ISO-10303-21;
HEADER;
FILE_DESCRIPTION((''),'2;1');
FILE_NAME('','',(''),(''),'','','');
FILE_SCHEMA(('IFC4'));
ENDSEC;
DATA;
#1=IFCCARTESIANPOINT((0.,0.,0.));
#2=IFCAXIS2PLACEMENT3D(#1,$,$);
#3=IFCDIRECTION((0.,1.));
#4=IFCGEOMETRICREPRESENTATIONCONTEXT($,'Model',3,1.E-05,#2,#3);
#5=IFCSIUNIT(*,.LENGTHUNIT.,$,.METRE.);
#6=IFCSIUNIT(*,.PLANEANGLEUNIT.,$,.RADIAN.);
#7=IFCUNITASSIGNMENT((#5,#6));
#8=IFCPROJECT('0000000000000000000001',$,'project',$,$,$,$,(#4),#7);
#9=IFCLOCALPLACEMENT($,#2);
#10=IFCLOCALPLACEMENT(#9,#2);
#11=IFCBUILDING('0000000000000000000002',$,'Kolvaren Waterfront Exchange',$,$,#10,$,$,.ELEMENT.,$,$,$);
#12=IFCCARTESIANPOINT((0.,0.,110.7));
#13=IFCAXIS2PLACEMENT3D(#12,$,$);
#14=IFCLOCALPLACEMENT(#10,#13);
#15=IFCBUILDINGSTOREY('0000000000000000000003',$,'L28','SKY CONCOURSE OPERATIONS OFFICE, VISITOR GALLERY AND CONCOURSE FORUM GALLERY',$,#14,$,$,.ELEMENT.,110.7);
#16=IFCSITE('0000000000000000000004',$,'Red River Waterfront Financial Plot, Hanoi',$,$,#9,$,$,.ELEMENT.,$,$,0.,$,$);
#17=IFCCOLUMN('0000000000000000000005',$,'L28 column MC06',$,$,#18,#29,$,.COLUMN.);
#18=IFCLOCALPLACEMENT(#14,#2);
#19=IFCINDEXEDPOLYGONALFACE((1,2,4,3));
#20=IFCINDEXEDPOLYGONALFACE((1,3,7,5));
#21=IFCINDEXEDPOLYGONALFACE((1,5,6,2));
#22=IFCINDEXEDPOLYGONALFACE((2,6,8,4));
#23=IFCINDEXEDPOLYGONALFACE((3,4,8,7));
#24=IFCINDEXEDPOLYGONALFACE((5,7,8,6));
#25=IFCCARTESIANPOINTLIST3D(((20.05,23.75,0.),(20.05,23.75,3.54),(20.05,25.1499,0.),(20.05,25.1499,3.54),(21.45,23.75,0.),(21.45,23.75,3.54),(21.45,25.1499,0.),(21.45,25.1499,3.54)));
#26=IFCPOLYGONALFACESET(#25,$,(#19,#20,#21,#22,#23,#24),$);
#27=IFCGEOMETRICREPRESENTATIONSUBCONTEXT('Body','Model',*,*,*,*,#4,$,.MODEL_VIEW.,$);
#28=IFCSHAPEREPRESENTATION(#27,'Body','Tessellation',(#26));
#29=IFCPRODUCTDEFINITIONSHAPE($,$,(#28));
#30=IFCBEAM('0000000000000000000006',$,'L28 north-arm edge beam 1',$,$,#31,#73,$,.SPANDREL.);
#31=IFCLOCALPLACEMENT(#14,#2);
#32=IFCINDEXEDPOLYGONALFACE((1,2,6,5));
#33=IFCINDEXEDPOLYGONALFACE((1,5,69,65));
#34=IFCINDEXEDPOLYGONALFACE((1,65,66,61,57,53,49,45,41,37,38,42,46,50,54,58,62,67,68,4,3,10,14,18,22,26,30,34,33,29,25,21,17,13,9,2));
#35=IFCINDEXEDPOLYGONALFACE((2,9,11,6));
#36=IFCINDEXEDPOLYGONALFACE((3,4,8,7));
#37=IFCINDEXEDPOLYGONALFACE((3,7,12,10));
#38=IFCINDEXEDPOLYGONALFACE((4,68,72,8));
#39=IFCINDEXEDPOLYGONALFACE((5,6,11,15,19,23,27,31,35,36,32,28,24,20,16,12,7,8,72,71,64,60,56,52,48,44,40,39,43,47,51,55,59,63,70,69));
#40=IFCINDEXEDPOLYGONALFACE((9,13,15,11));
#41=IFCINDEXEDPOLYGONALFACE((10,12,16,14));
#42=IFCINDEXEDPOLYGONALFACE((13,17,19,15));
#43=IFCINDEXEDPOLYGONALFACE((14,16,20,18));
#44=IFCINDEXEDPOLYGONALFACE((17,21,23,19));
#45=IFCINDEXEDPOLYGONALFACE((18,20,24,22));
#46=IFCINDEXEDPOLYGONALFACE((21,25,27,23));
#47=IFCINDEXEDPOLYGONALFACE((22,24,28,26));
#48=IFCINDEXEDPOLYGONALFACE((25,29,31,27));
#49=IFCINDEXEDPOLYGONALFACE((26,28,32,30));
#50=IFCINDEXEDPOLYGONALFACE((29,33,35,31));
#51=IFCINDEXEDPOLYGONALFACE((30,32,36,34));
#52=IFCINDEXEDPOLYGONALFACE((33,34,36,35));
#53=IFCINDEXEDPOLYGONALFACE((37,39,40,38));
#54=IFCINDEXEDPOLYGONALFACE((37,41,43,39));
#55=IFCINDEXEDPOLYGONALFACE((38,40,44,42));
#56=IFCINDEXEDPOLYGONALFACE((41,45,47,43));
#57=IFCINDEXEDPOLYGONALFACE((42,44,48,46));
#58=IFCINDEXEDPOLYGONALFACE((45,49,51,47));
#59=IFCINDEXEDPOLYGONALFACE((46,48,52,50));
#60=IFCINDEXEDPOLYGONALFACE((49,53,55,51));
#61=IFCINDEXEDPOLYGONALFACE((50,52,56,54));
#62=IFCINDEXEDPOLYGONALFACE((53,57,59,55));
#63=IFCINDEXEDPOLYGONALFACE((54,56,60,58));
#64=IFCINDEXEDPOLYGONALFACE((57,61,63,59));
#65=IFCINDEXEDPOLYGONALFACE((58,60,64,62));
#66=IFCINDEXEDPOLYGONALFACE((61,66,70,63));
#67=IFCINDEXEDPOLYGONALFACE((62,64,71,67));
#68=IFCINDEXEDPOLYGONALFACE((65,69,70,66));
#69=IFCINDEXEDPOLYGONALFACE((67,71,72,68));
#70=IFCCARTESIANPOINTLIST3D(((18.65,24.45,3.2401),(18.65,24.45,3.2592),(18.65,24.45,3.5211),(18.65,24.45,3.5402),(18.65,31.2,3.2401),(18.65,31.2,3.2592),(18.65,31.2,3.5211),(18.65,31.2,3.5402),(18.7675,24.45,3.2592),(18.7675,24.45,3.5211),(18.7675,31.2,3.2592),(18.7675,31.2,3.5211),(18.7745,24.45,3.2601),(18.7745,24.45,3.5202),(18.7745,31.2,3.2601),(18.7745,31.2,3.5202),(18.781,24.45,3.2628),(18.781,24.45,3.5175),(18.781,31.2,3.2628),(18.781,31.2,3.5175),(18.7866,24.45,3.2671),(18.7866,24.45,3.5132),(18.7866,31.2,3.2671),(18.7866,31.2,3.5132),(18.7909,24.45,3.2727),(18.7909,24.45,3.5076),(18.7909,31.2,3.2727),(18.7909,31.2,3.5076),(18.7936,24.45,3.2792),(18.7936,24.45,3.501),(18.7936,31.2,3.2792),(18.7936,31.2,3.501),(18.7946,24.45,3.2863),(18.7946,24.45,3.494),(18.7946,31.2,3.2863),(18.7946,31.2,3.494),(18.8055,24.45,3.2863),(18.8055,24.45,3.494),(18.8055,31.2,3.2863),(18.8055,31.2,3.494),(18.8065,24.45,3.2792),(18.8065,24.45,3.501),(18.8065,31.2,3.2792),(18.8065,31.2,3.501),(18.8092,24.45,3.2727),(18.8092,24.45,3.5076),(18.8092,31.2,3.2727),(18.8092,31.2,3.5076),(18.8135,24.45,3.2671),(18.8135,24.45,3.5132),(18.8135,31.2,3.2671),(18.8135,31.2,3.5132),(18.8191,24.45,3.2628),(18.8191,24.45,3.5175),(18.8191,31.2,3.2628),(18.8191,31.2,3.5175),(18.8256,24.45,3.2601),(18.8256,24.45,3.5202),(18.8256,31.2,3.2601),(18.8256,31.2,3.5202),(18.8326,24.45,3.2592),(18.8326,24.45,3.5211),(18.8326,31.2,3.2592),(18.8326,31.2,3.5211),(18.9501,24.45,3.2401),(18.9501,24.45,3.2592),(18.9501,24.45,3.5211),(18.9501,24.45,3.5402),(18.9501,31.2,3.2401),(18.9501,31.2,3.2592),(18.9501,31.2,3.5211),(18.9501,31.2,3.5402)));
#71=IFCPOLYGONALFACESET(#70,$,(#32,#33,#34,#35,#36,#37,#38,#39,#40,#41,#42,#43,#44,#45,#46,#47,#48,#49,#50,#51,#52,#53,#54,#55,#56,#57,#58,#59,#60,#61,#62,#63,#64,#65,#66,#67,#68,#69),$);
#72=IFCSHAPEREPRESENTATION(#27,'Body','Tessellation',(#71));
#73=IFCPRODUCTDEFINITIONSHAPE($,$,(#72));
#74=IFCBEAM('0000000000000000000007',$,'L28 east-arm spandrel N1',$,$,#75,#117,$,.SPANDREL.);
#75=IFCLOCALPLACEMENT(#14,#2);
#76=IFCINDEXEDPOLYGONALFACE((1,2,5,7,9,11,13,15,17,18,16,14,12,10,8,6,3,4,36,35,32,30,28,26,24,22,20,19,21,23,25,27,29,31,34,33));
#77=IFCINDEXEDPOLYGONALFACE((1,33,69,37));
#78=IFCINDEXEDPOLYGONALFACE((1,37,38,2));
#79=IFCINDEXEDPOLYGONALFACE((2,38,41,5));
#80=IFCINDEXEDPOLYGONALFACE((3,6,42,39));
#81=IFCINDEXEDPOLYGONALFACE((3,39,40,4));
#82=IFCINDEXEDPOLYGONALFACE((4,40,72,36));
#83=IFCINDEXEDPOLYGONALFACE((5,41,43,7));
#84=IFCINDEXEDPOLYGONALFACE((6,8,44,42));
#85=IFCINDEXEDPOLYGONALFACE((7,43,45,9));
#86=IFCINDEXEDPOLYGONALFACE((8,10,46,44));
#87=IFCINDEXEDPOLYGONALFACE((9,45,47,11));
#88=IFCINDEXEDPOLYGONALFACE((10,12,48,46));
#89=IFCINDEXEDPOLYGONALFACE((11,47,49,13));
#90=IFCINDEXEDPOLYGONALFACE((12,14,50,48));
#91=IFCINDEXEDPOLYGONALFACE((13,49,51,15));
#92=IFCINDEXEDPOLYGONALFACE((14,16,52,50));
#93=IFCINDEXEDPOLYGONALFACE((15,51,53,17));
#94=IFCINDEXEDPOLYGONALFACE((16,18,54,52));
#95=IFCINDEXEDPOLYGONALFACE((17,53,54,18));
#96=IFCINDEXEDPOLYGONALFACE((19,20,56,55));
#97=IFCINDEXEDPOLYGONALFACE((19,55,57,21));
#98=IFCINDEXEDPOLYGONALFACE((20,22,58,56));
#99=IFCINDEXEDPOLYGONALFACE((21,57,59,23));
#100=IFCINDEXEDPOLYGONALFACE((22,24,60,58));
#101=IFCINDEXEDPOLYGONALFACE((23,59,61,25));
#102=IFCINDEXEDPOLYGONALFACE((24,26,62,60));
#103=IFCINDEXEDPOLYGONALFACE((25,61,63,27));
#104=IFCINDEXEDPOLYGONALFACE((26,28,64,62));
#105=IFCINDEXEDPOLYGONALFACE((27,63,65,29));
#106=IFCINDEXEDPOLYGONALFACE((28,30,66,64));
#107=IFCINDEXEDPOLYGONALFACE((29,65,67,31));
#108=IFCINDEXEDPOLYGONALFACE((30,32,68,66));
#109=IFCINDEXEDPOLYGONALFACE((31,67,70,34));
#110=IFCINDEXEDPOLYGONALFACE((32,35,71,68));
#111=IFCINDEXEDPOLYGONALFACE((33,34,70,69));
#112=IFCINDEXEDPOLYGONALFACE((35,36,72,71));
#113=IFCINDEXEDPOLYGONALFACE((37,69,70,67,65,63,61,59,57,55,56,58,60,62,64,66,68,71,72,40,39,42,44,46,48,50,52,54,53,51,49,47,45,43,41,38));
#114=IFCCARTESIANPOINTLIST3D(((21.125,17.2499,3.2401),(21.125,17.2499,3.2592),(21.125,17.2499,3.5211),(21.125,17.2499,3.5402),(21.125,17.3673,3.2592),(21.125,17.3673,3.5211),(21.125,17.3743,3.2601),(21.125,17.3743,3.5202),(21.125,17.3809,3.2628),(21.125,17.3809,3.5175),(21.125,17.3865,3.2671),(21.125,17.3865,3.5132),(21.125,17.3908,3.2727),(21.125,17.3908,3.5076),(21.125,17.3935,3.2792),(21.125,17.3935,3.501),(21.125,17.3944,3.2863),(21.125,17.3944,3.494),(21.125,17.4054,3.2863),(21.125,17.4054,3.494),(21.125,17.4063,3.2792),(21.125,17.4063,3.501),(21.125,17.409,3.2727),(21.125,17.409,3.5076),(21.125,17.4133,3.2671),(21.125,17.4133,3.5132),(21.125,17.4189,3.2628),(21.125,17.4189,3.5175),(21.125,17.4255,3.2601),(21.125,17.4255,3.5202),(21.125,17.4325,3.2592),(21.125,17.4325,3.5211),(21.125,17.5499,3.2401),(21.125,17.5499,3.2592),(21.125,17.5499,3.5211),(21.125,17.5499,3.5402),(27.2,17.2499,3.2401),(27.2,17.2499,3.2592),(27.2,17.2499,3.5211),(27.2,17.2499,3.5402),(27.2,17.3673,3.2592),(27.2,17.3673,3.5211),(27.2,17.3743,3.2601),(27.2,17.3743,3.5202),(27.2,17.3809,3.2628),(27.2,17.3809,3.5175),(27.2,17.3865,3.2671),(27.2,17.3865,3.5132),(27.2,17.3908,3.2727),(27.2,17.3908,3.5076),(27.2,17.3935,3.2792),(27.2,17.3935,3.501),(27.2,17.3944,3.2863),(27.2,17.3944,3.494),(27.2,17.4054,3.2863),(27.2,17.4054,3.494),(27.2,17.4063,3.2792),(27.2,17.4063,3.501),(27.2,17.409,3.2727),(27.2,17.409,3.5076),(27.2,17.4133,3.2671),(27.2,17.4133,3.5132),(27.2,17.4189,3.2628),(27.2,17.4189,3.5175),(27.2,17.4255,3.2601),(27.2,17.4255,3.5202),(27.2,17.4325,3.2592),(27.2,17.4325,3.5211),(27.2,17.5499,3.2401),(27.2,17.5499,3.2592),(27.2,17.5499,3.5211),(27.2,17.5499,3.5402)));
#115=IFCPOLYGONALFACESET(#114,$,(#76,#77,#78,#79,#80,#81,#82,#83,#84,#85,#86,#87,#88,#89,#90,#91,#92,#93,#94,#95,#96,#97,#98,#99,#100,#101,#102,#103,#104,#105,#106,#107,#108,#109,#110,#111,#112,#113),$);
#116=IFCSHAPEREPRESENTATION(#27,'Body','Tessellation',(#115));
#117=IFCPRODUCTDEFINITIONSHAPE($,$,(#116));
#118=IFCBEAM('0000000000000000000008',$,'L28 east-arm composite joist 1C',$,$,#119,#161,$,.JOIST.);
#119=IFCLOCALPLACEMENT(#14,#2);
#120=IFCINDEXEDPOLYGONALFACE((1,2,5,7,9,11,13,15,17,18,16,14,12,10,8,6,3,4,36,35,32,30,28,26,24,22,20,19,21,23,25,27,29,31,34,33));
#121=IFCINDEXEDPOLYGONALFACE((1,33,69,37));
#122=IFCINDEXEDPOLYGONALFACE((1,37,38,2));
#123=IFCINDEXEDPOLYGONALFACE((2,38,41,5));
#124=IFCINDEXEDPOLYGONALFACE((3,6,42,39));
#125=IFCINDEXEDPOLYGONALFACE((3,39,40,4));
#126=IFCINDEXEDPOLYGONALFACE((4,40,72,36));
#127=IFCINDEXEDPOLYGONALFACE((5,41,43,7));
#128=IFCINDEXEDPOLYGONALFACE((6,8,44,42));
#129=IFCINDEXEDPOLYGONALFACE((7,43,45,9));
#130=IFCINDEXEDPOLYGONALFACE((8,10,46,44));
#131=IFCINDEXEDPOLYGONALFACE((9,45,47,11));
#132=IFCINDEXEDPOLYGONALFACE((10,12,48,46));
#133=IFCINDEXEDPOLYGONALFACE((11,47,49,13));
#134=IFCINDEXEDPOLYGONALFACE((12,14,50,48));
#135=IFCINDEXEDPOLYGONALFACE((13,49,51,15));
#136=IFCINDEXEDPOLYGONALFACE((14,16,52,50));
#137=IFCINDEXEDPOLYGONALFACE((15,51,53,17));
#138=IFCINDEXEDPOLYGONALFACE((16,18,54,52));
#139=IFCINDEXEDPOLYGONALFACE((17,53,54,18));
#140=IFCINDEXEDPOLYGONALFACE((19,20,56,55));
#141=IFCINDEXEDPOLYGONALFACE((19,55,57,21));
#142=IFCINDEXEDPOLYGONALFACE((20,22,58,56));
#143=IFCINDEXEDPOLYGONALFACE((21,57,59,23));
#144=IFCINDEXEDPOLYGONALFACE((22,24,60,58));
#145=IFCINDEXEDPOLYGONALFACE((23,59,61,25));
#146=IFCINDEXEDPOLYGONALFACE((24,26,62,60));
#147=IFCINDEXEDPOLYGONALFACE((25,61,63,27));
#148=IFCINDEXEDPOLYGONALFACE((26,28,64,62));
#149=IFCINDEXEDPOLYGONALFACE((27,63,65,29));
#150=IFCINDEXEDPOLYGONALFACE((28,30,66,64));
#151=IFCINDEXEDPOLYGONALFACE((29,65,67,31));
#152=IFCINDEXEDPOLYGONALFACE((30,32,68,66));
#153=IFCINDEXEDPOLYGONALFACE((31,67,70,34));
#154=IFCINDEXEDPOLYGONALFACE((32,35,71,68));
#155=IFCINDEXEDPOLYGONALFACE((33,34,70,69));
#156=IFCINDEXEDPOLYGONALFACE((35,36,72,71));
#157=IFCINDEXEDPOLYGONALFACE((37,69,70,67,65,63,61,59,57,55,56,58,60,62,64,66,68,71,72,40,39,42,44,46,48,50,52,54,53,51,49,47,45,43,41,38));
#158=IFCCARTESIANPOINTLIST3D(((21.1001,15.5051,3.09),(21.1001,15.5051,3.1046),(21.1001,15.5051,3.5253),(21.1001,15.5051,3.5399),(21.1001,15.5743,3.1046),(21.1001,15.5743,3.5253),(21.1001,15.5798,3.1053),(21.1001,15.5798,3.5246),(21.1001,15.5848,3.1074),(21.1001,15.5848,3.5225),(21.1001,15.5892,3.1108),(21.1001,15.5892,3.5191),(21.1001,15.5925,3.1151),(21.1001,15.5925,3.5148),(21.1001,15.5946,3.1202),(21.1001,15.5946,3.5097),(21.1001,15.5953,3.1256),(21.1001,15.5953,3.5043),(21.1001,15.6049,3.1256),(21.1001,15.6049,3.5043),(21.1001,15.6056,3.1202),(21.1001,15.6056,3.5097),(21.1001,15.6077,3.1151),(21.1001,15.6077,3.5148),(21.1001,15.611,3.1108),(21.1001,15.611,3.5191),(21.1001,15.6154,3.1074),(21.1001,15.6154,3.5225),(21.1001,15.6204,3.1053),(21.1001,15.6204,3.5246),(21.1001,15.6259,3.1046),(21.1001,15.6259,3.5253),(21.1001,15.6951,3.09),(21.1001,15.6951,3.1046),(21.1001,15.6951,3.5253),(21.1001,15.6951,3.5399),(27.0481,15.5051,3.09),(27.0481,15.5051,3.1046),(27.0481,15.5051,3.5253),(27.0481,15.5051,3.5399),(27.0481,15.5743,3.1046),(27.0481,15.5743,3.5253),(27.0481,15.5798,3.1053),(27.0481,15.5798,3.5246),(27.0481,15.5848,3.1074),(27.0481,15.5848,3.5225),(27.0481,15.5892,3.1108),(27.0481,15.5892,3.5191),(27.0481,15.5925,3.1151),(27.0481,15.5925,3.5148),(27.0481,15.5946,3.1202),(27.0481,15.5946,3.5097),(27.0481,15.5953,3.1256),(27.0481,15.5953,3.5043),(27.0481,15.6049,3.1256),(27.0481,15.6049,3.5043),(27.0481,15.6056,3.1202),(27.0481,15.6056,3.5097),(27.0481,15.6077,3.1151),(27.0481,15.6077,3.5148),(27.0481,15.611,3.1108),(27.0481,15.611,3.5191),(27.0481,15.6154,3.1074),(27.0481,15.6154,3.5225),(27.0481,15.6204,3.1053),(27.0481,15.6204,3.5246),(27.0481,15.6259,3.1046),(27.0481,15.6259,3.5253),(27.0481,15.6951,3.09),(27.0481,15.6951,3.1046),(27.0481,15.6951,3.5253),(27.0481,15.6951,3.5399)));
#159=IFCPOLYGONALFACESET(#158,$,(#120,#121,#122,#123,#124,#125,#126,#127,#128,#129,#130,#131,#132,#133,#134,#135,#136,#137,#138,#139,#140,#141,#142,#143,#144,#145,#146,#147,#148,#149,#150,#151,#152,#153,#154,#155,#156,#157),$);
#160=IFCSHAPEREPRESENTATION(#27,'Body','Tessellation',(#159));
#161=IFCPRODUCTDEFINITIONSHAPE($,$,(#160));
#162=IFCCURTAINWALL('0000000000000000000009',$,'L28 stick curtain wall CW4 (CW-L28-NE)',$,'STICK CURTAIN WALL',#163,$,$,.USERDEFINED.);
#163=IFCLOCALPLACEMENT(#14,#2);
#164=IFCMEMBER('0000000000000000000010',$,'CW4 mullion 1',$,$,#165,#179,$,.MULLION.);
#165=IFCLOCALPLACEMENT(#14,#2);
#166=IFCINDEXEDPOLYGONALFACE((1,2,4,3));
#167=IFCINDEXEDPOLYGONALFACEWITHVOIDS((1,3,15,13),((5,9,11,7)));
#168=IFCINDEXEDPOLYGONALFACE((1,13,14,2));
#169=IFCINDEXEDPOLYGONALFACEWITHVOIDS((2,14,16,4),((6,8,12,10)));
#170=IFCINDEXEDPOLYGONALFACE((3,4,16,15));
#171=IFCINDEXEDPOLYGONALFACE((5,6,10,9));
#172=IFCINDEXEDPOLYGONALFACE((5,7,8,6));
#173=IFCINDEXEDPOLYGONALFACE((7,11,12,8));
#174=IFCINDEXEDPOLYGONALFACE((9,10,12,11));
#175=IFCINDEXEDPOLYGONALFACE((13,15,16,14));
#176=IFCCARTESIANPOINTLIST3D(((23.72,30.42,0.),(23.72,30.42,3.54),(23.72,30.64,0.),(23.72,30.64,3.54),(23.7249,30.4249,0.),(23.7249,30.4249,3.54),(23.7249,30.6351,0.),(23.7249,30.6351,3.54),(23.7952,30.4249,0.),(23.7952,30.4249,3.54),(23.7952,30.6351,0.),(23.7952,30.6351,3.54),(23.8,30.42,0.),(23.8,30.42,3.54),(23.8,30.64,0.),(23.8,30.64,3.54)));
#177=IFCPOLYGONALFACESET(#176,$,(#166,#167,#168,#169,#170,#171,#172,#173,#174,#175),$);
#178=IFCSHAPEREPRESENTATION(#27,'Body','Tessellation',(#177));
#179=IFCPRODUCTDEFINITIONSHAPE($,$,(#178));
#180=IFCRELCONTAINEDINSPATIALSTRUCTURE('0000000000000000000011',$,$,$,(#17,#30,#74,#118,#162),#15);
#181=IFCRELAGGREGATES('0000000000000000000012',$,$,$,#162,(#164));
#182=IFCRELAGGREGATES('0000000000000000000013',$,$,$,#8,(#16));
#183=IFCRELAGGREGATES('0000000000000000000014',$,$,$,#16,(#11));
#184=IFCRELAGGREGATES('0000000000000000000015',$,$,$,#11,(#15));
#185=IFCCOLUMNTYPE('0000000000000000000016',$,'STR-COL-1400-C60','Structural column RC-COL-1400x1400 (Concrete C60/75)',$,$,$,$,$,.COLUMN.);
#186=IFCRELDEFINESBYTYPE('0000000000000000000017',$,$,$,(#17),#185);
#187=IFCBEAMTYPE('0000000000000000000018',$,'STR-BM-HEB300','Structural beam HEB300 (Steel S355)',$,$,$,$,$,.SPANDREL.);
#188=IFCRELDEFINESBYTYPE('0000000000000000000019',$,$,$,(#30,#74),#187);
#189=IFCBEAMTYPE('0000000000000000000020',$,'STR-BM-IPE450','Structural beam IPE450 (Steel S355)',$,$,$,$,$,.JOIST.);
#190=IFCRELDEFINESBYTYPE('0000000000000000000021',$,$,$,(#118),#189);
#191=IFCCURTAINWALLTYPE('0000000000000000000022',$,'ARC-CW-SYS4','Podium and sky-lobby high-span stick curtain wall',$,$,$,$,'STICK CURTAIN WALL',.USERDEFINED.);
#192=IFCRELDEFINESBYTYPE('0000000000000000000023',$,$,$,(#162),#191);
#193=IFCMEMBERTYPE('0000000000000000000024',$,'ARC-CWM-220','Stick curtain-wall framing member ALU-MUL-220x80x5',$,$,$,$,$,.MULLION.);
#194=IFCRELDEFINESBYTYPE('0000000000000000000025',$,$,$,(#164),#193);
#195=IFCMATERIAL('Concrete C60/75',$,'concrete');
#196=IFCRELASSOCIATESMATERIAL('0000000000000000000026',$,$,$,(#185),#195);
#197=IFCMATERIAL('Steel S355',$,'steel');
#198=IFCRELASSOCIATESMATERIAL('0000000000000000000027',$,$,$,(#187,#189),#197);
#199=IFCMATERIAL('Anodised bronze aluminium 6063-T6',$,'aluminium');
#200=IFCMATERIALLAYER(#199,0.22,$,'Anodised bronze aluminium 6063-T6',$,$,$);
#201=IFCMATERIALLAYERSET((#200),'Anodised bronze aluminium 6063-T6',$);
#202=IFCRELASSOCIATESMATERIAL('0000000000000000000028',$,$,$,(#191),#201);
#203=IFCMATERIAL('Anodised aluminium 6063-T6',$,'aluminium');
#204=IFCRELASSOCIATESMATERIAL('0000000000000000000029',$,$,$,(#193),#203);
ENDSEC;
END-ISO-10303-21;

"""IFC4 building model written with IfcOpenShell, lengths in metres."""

from ifc_helpers import new_model, si_unit, direction, frame, origin, origin_with_axes, origin_2d, place, context, subcontext, project, spatial, rectangle, hollow_rectangle, i_section, extrude, source, transform, mapped, material, layer, layer_set, material_profile, profile_set, type_object, element, aggregate, save


model = new_model("IFC4")

# Units and contexts
model_context = context("Model", 3, precision=1e-05, world=origin(), true_north=direction((0.0, 1.0)))
body_context = subcontext(model_context, "Body", "Model", "MODEL_VIEW")
ifc_project = project(units=[si_unit("LENGTHUNIT", "METRE"), si_unit("PLANEANGLEUNIT", "RADIAN")], contexts=[model_context])

# Site, building, storey
site_placement = place(None, origin())
site = spatial("IfcSite", under=ifc_project, at=site_placement, Name="Red River Waterfront Financial Plot, Hanoi", CompositionType="ELEMENT", RefElevation=0.0)
building_placement = place(site_placement, origin())
building = spatial("IfcBuilding", under=site, at=building_placement, Name="Kolvaren Waterfront Exchange", CompositionType="ELEMENT")
storey_placement = place(building_placement, frame((0.0, 0.0, 110.7)))
storey = spatial("IfcBuildingStorey", under=building, at=storey_placement, Name="L28", Description="SKY CONCOURSE OPERATIONS OFFICE, VISITOR GALLERY AND CONCOURSE FORUM GALLERY", CompositionType="ELEMENT", Elevation=110.7)

# Column
ifc_material_1 = material(Name="Concrete C60/75", Category="concrete")
ifc_material_profile_1 = material_profile(ifc_material_1, rectangle(XDim=1.3999, YDim=1.3999, at=origin_2d()), Name="RC-COL-1400x1400")
ifc_profile_set_1 = profile_set([ifc_material_profile_1], Name="Concrete C60/75")
column_type = type_object("IfcColumnType", Name="STR-COL-1400-C60", Description="Structural column RC-COL-1400x1400 (Concrete C60/75)", PredefinedType="COLUMN", material=ifc_profile_set_1)
column_placement = place(storey_placement, frame((20.75, 24.45, 0.0), z_axis=(0.0, 0.0, 1.0), x_axis=(1.0, 0.0, 0.0)))
element("IfcColumn", 1, at=column_placement, inside=storey, type_object=column_type, Name="L28 column MC06", PredefinedType="COLUMN", context=body_context, shape_type="SweptSolid", body=[
    extrude(rectangle(XDim=1.3999, YDim=1.3999, at=origin_2d()), origin(), (0.0, 0.0, 1.0), 3.54),
])

# Beams
ifc_material_2 = material(Name="Steel S355", Category="steel")
ifc_material_profile_2 = material_profile(ifc_material_2, i_section(OverallWidth=0.3, OverallDepth=0.3, WebThickness=0.011, FlangeThickness=0.019, FilletRadius=0.0271, at=origin_2d()), Name="HEB300")
ifc_profile_set_2 = profile_set([ifc_material_profile_2], Name="Steel S355")
beam_type_1 = type_object("IfcBeamType", Name="STR-BM-HEB300", Description="Structural beam HEB300 (Steel S355)", PredefinedType="SPANDREL", material=ifc_profile_set_2)
beam_1_placement = place(storey_placement, frame((18.8, 24.45, 3.3901), z_axis=(0.0, 1.0, 0.0), x_axis=(-1.0, 0.0, 0.0)))
element("IfcBeam", 2, at=beam_1_placement, inside=storey, type_object=beam_type_1, Name="L28 north-arm edge beam 1", PredefinedType="SPANDREL", context=body_context, shape_type="SweptSolid", body=[
    extrude(i_section(OverallWidth=0.3, OverallDepth=0.3, WebThickness=0.011, FlangeThickness=0.019, FilletRadius=0.0271, at=origin_2d()), origin(), (0.0, 0.0, 1.0), 6.75),
])
beam_2_placement = place(storey_placement, frame((21.125, 17.3999, 3.3901), z_axis=(1.0, 0.0, 0.0), x_axis=(0.0, 1.0, 0.0)))
element("IfcBeam", 3, at=beam_2_placement, inside=storey, type_object=beam_type_1, Name="L28 east-arm spandrel N1", PredefinedType="SPANDREL", context=body_context, shape_type="SweptSolid", body=[
    extrude(i_section(OverallWidth=0.3, OverallDepth=0.3, WebThickness=0.011, FlangeThickness=0.019, FilletRadius=0.0271, at=origin_2d()), origin(), (0.0, 0.0, 1.0), 6.075),
])
ifc_material_profile_3 = material_profile(ifc_material_2, i_section(OverallWidth=0.1899, OverallDepth=0.45, WebThickness=0.0095, FlangeThickness=0.0146, FilletRadius=0.021, at=origin_2d()), Name="IPE450")
ifc_profile_set_3 = profile_set([ifc_material_profile_3], Name="Steel S355")
beam_type_2 = type_object("IfcBeamType", Name="STR-BM-IPE450", Description="Structural beam IPE450 (Steel S355)", PredefinedType="JOIST", material=ifc_profile_set_3)
beam_3_placement = place(storey_placement, frame((21.1001, 15.6001, 3.3149), z_axis=(1.0, 0.0, 0.0), x_axis=(0.0, 1.0, 0.0)))
element("IfcBeam", 4, at=beam_3_placement, inside=storey, type_object=beam_type_2, Name="L28 east-arm composite joist 1C", PredefinedType="JOIST", context=body_context, shape_type="SweptSolid", body=[
    extrude(i_section(OverallWidth=0.1899, OverallDepth=0.45, WebThickness=0.0095, FlangeThickness=0.0146, FilletRadius=0.021, at=origin_2d()), origin(), (0.0, 0.0, 1.0), 5.948),
])

# Curtain wall, member
ifc_material_3 = material(Name="Anodised bronze aluminium 6063-T6", Category="aluminium")
ifc_layer_1 = layer(ifc_material_3, 0.22, Name="Anodised bronze aluminium 6063-T6")
ifc_layer_set_1 = layer_set([ifc_layer_1], Name="Anodised bronze aluminium 6063-T6")
curtain_wall_type = type_object("IfcCurtainWallType", Name="ARC-CW-SYS4", Description="Podium and sky-lobby high-span stick curtain wall", ElementType="STICK CURTAIN WALL", PredefinedType="USERDEFINED", material=ifc_layer_set_1)
curtain_wall_placement = place(storey_placement, origin())
curtain_wall = element("IfcCurtainWall", 5, at=curtain_wall_placement, inside=storey, type_object=curtain_wall_type, Name="L28 stick curtain wall CW4 (CW-L28-NE)", ObjectType="STICK CURTAIN WALL", PredefinedType="USERDEFINED")
ifc_material_4 = material(Name="Anodised aluminium 6063-T6", Category="aluminium")
ifc_material_profile_4 = material_profile(ifc_material_4, hollow_rectangle(XDim=0.0801, YDim=0.22, WallThickness=0.0049, at=origin_2d()), Name="ALU-MUL-220x80x5")
ifc_profile_set_4 = profile_set([ifc_material_profile_4], Name="Anodised aluminium 6063-T6")
member_type_1 = type_object("IfcMemberType", Name="ARC-CWM-220", Description="Stick curtain-wall framing member ALU-MUL-220x80x5", PredefinedType="MULLION", material=ifc_profile_set_4)
shared_shape_1 = source(origin_with_axes(), body_context, "Body", "SweptSolid", [
    extrude(hollow_rectangle(XDim=0.0801, YDim=0.22, WallThickness=0.0049, at=origin_2d()), origin(), (0.0, 0.0, 1.0), 3.54),
])
member_1_placement = place(storey_placement, frame((23.76, 30.53, 0.0), z_axis=(0.0, 0.0, 1.0), x_axis=(-1.0, 0.0, 0.0)))
member_1 = element("IfcMember", 6, at=member_1_placement, type_object=member_type_1, Name="CW4 mullion 1", PredefinedType="MULLION", context=body_context, shape_type="MappedRepresentation", body=[
    mapped(shared_shape_1, transform((0.0, 0.0, 0.0), x_axis=(1.0, 0.0, 0.0), y_axis=(0.0, 1.0, 0.0), z_axis=(0.0, 0.0, 1.0), scale=1.0)),
])
aggregate(curtain_wall, [member_1])

save(model, "model.ifc")
